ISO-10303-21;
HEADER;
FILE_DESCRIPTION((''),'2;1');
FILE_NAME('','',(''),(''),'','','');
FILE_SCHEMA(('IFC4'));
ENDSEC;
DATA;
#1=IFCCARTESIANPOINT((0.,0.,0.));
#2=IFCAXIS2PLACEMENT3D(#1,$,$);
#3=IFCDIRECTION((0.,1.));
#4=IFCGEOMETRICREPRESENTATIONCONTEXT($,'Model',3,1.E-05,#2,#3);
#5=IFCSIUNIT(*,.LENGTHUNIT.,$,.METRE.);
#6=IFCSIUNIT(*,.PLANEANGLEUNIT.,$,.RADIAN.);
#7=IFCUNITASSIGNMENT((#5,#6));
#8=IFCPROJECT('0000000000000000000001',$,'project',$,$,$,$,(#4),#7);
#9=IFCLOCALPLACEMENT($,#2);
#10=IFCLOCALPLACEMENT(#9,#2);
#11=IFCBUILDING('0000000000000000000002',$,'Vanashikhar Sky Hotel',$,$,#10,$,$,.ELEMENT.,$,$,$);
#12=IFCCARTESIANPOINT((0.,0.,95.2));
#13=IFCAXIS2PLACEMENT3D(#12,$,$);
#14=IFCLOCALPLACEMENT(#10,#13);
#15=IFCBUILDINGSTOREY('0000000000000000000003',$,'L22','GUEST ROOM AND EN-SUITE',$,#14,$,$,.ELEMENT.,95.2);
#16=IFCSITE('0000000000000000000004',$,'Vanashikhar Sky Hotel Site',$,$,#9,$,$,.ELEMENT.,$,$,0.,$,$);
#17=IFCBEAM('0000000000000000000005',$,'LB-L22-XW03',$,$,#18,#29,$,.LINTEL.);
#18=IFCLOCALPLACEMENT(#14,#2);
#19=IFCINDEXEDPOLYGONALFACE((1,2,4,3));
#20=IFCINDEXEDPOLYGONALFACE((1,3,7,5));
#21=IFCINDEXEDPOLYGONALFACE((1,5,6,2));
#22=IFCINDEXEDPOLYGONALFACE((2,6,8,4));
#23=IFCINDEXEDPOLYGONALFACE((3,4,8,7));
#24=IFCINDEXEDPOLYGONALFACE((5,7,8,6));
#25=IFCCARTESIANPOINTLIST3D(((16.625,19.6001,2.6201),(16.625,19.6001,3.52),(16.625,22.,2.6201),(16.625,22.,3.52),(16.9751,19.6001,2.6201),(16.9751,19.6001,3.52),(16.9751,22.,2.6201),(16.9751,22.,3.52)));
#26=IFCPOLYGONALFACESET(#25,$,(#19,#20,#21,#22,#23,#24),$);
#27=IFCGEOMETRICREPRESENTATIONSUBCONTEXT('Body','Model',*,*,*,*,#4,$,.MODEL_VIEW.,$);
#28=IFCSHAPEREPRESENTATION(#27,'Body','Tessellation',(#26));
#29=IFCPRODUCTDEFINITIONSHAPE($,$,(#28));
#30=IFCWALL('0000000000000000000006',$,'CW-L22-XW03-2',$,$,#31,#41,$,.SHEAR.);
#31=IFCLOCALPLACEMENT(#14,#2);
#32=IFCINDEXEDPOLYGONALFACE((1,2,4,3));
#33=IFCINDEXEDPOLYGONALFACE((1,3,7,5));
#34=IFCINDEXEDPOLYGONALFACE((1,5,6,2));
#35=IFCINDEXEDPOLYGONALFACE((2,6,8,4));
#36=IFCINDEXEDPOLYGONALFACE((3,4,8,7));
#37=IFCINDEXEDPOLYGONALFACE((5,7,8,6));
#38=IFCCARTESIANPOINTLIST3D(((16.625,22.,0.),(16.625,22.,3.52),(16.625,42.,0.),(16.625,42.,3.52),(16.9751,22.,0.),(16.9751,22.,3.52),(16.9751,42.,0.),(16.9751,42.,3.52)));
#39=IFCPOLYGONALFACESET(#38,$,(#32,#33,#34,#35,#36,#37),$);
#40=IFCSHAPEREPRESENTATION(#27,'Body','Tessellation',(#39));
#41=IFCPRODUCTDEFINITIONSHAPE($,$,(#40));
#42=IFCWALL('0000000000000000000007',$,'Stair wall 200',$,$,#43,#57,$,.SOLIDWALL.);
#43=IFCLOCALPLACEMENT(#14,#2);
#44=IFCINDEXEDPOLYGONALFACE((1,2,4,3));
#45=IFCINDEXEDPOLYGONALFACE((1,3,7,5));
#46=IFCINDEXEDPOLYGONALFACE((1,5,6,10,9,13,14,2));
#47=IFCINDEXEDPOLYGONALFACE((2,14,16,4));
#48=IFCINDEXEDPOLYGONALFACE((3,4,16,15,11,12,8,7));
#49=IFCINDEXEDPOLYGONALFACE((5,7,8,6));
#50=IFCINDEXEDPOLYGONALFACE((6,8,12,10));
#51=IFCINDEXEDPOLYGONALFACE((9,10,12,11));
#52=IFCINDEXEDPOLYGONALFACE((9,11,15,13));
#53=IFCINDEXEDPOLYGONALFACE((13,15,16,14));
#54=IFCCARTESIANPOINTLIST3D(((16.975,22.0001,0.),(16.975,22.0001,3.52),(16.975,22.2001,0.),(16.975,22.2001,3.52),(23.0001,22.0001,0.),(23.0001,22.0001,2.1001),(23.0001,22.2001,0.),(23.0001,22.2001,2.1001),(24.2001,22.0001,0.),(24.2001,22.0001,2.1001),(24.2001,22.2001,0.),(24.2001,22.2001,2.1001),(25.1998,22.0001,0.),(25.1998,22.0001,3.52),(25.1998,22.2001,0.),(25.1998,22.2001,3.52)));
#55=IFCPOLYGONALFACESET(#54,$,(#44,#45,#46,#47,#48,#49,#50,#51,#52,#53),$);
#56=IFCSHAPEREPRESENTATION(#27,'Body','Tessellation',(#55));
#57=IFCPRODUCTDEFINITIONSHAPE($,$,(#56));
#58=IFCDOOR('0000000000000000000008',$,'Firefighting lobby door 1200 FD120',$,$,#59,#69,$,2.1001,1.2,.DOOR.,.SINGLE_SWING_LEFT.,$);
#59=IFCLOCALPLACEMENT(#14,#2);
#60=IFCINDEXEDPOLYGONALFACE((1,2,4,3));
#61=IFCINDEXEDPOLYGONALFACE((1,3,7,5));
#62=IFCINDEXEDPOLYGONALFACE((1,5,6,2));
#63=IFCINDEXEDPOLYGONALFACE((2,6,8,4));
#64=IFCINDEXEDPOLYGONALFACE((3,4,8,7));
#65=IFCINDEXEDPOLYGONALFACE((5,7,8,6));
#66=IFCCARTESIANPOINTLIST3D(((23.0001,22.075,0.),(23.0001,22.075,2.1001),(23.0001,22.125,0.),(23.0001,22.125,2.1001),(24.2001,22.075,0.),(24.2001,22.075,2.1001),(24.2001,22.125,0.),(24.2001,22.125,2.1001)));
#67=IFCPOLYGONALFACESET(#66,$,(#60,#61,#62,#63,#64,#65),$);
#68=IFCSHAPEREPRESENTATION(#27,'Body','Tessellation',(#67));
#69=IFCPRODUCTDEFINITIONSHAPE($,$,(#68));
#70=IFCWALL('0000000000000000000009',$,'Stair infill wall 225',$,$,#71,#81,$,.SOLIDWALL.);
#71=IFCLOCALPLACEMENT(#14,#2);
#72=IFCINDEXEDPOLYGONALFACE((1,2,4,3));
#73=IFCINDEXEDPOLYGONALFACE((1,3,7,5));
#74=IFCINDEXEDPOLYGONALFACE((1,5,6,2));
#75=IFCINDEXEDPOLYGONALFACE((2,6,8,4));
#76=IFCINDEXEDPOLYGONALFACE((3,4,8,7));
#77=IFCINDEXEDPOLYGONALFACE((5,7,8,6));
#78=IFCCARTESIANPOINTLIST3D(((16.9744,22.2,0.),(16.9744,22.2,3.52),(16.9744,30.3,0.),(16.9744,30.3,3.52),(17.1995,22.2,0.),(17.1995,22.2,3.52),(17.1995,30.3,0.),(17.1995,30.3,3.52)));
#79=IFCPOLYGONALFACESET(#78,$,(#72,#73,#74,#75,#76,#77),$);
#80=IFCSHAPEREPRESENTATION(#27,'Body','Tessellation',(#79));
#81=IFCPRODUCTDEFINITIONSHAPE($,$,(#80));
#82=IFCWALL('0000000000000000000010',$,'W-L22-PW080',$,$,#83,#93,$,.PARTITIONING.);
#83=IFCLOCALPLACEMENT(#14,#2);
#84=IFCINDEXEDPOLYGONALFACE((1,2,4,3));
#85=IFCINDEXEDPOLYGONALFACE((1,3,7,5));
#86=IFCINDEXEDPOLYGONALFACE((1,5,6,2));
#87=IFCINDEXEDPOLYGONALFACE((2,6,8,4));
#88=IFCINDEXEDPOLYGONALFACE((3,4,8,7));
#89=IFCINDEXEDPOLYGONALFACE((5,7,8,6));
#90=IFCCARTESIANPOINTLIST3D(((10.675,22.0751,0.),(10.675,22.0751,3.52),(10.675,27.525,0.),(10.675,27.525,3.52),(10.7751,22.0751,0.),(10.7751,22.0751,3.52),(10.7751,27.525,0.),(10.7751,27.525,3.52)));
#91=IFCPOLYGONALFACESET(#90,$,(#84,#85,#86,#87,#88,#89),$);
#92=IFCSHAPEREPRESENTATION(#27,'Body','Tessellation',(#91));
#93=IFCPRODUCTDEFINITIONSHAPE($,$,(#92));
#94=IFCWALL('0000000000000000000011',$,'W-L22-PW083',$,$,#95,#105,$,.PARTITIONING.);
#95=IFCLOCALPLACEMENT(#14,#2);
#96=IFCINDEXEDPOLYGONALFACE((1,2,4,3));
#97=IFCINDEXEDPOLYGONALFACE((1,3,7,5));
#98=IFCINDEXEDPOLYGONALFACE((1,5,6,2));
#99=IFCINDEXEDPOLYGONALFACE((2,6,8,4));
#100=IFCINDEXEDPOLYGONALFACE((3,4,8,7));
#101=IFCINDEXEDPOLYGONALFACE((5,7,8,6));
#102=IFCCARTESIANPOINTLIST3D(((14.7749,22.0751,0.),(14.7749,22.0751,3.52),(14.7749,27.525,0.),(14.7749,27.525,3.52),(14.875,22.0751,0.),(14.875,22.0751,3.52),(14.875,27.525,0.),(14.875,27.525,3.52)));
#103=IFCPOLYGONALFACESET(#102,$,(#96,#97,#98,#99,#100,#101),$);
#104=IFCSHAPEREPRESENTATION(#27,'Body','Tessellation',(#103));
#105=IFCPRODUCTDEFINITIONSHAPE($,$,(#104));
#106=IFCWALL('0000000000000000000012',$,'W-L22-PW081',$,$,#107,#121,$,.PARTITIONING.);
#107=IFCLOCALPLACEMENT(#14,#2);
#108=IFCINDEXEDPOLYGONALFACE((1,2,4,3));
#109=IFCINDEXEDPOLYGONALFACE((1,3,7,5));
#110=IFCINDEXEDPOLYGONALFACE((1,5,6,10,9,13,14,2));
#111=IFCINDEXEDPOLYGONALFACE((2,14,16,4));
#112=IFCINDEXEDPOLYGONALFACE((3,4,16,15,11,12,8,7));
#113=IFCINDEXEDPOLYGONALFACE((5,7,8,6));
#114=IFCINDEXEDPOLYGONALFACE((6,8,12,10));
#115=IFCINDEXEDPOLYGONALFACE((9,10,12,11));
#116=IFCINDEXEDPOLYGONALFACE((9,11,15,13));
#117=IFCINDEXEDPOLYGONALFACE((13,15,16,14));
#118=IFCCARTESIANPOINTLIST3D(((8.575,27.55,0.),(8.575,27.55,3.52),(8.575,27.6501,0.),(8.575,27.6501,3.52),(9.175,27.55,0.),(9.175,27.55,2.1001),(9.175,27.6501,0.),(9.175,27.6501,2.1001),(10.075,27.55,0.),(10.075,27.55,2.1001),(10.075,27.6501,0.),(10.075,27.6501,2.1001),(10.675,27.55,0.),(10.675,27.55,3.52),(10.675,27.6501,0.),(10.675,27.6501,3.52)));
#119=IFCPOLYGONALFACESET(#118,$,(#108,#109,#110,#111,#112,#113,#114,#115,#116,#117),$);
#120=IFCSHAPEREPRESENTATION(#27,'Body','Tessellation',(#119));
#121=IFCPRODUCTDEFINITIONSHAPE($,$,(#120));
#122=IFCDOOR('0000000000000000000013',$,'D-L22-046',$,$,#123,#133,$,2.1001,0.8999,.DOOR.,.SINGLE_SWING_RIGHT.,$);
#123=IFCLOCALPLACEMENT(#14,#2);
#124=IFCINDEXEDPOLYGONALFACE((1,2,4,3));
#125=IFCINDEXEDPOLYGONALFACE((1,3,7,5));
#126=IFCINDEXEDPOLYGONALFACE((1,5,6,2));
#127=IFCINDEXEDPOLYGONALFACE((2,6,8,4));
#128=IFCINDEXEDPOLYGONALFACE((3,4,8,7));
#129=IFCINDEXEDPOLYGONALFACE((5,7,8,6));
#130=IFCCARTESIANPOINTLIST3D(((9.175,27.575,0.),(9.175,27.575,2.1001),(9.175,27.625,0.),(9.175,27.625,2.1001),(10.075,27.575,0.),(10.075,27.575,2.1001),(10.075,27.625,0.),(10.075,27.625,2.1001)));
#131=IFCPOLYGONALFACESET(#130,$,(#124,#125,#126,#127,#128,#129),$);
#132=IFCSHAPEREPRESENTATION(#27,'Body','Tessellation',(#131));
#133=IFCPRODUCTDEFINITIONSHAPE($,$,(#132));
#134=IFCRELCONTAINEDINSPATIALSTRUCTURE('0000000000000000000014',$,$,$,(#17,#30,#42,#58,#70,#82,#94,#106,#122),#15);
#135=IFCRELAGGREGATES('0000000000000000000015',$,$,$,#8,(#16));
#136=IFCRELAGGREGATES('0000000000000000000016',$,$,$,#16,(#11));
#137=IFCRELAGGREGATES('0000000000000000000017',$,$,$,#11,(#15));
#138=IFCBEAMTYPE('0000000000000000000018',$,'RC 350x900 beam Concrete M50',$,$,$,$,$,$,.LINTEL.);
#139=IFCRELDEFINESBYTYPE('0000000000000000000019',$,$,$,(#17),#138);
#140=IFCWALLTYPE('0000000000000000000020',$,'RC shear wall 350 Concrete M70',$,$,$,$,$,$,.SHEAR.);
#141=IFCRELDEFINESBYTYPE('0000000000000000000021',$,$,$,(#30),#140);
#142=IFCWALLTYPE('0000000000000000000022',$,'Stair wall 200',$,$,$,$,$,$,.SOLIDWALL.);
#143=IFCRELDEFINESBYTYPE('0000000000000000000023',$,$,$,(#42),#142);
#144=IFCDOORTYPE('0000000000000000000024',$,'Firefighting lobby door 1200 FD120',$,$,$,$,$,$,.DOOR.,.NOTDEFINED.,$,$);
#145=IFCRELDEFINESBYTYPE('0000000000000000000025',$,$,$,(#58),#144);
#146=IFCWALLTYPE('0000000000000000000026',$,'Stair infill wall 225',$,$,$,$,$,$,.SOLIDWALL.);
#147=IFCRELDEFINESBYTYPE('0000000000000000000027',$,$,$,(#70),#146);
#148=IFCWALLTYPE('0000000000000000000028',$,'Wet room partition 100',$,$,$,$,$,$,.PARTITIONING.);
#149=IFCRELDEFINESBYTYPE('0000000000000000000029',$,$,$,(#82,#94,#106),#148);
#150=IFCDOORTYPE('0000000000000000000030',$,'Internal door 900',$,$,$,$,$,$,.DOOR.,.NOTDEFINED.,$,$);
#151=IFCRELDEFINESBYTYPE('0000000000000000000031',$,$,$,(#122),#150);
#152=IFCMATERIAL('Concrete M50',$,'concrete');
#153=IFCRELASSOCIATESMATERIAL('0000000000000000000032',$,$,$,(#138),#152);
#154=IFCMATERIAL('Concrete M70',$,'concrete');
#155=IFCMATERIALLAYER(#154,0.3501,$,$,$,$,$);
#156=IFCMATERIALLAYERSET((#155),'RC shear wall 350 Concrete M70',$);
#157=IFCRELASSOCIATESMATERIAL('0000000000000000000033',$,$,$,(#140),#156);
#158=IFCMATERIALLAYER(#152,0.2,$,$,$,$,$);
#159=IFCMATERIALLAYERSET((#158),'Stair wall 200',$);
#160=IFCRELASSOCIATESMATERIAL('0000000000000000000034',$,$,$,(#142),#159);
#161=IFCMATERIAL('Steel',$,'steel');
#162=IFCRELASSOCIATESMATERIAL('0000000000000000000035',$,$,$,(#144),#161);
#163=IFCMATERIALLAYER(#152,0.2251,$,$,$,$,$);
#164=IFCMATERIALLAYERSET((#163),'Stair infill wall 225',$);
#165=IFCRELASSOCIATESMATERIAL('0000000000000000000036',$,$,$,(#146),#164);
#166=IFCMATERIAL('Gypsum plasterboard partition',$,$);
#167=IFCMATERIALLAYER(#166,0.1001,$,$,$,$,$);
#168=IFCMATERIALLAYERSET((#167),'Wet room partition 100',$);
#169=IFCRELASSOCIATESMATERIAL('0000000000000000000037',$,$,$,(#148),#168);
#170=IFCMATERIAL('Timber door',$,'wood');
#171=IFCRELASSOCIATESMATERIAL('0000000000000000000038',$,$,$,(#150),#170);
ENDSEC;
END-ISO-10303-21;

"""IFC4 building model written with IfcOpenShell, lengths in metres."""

from ifc_helpers import new_model, si_unit, direction, frame, frame_2d, origin, origin_2d, place, context, subcontext, project, spatial, rectangle, extrude, source, transform, mapped, material, layer, layer_set, material_profile, profile_set, type_object, element, fill, save


model = new_model("IFC4")

# Units and contexts
model_context = context("Model", 3, precision=1e-05, world=origin(), true_north=direction((0.0, 1.0)))
body_context = subcontext(model_context, "Body", "Model", "MODEL_VIEW")
ifc_project = project(units=[si_unit("LENGTHUNIT", "METRE"), si_unit("PLANEANGLEUNIT", "RADIAN")], contexts=[model_context])

# Site, building, storey
site_placement = place(None, origin())
site = spatial("IfcSite", under=ifc_project, at=site_placement, Name="Vanashikhar Sky Hotel Site", CompositionType="ELEMENT", RefElevation=0.0)
building_placement = place(site_placement, origin())
building = spatial("IfcBuilding", under=site, at=building_placement, Name="Vanashikhar Sky Hotel", CompositionType="ELEMENT")
storey_placement = place(building_placement, frame((0.0, 0.0, 95.2)))
storey = spatial("IfcBuildingStorey", under=building, at=storey_placement, Name="L22", Description="GUEST ROOM AND EN-SUITE", CompositionType="ELEMENT", Elevation=95.2)

# Beam
ifc_material_1 = material(Name="Concrete M50", Category="concrete")
ifc_material_profile = material_profile(ifc_material_1, rectangle(XDim=0.3501, YDim=0.8999, at=origin_2d()))
ifc_profile_set = profile_set([ifc_material_profile], Name="RC 350x900 beam Concrete M50")
beam_type = type_object("IfcBeamType", Name="RC 350x900 beam Concrete M50", PredefinedType="LINTEL", material=ifc_profile_set)
shared_shape_1 = source(origin(), body_context, "Body", "SweptSolid", [
    extrude(rectangle(XDim=0.3501, YDim=0.8999, at=origin_2d()), origin(), (0.0, 0.0, 1.0), 2.3999),
])
beam_placement = place(storey_placement, frame((16.8, 19.6001, 3.0701), z_axis=(0.0, 1.0, 0.0), x_axis=(-1.0, 0.0, 0.0)))
element("IfcBeam", 1, at=beam_placement, inside=storey, type_object=beam_type, Name="LB-L22-XW03", PredefinedType="LINTEL", context=body_context, shape_type="MappedRepresentation", body=[
    mapped(shared_shape_1, transform((0.0, 0.0, 0.0), scale=1.0)),
])

# Wall
ifc_material_2 = material(Name="Concrete M70", Category="concrete")
ifc_layer_1 = layer(ifc_material_2, 0.3501)
ifc_layer_set_1 = layer_set([ifc_layer_1], Name="RC shear wall 350 Concrete M70")
wall_type_1 = type_object("IfcWallType", Name="RC shear wall 350 Concrete M70", PredefinedType="SHEAR", material=ifc_layer_set_1)
shared_shape_2 = source(origin(), body_context, "Body", "SweptSolid", [
    extrude(rectangle(XDim=20.0, YDim=0.3501, at=frame_2d((10.0, 0.0))), origin(), (0.0, 0.0, 1.0), 3.52),
])
wall_1_placement = place(storey_placement, frame((16.8, 22.0, 0.0), z_axis=(0.0, 0.0, 1.0), x_axis=(0.0, 1.0, 0.0)))
element("IfcWall", 2, at=wall_1_placement, inside=storey, type_object=wall_type_1, Name="CW-L22-XW03-2", PredefinedType="SHEAR", context=body_context, shape_type="MappedRepresentation", body=[
    mapped(shared_shape_2, transform((0.0, 0.0, 0.0), scale=1.0)),
])

# Wall, opening, door
ifc_layer_2 = layer(ifc_material_1, 0.2)
ifc_layer_set_2 = layer_set([ifc_layer_2], Name="Stair wall 200")
wall_type_2 = type_object("IfcWallType", Name="Stair wall 200", PredefinedType="SOLIDWALL", material=ifc_layer_set_2)
shared_shape_3 = source(origin(), body_context, "Body", "SweptSolid", [
    extrude(rectangle(XDim=8.2249, YDim=0.2, at=frame_2d((4.1123, 0.0))), origin(), (0.0, 0.0, 1.0), 3.52),
])
wall_2_placement = place(storey_placement, frame((16.9751, 22.1001, 0.0), z_axis=(0.0, 0.0, 1.0), x_axis=(1.0, 0.0, 0.0)))
wall_2 = element("IfcWall", 3, at=wall_2_placement, inside=storey, type_object=wall_type_2, Name="Stair wall 200", PredefinedType="SOLIDWALL", context=body_context, shape_type="MappedRepresentation", body=[
    mapped(shared_shape_3, transform((0.0, 0.0, 0.0), scale=1.0)),
])
shared_shape_4 = source(origin(), body_context, "Body", "SweptSolid", [
    extrude(rectangle(XDim=1.2, YDim=2.1001, at=frame_2d((0.6001, 1.05))), frame((0.0, 0.1099, 0.0), z_axis=(0.0, -1.0, 0.0), x_axis=(1.0, 0.0, 0.0)), (0.0, 0.0, 1.0), 0.22),
])
opening_1_placement = place(wall_2_placement, frame((6.0249, 0.0, 0.0)))
opening_1 = element("IfcOpeningElement", 4, at=opening_1_placement, cuts=wall_2, PredefinedType="OPENING", context=body_context, shape_type="MappedRepresentation", body=[
    mapped(shared_shape_4, transform((0.0, 0.0, 0.0), scale=1.0)),
])
ifc_material_3 = material(Name="Steel", Category="steel")
door_type_1 = type_object("IfcDoorType", Name="Firefighting lobby door 1200 FD120", OperationType="NOTDEFINED", PredefinedType="DOOR", material=ifc_material_3)
shared_shape_5 = source(origin(), body_context, "Body", "SweptSolid", [
    extrude(rectangle(XDim=1.2, YDim=2.1001, at=frame_2d((0.6001, 1.05))), frame((0.0, 0.0249, 0.0), z_axis=(0.0, -1.0, 0.0), x_axis=(1.0, 0.0, 0.0)), (0.0, 0.0, 1.0), 0.05),
])
door_1_placement = place(opening_1_placement, origin())
door_1 = element("IfcDoor", 5, at=door_1_placement, inside=storey, type_object=door_type_1, Name="Firefighting lobby door 1200 FD120", OperationType="SINGLE_SWING_LEFT", OverallHeight=2.1001, OverallWidth=1.2, PredefinedType="DOOR", context=body_context, shape_type="MappedRepresentation", body=[
    mapped(shared_shape_5, transform((0.0, 0.0, 0.0), scale=1.0)),
])
fill(opening_1, door_1)

# Walls
ifc_layer_3 = layer(ifc_material_1, 0.2251)
ifc_layer_set_3 = layer_set([ifc_layer_3], Name="Stair infill wall 225")
wall_type_3 = type_object("IfcWallType", Name="Stair infill wall 225", PredefinedType="SOLIDWALL", material=ifc_layer_set_3)
shared_shape_6 = source(origin(), body_context, "Body", "SweptSolid", [
    extrude(rectangle(XDim=8.1001, YDim=0.2251, at=frame_2d((4.05, 0.0))), origin(), (0.0, 0.0, 1.0), 3.52),
])
wall_3_placement = place(storey_placement, frame((17.0869, 22.2, 0.0), z_axis=(0.0, 0.0, 1.0), x_axis=(0.0, 1.0, 0.0)))
element("IfcWall", 6, at=wall_3_placement, inside=storey, type_object=wall_type_3, Name="Stair infill wall 225", PredefinedType="SOLIDWALL", context=body_context, shape_type="MappedRepresentation", body=[
    mapped(shared_shape_6, transform((0.0, 0.0, 0.0), scale=1.0)),
])
ifc_material_4 = material(Name="Gypsum plasterboard partition")
ifc_layer_4 = layer(ifc_material_4, 0.1001)
ifc_layer_set_4 = layer_set([ifc_layer_4], Name="Wet room partition 100")
wall_type_4 = type_object("IfcWallType", Name="Wet room partition 100", PredefinedType="PARTITIONING", material=ifc_layer_set_4)
shared_shape_7 = source(origin(), body_context, "Body", "SweptSolid", [
    extrude(rectangle(XDim=5.45, YDim=0.1001, at=frame_2d((2.7251, 0.0))), origin(), (0.0, 0.0, 1.0), 3.52),
])
for number, where, z_axis, x_axis, name in (
    (7, (10.7251, 22.075, 0.0), (0.0, 0.0, 1.0), (0.0, 1.0, 0.0), "W-L22-PW080"),
    (8, (14.825, 22.075, 0.0), (0.0, 0.0, 1.0), (0.0, 1.0, 0.0), "W-L22-PW083"),
):
    element("IfcWall", number, at=place(storey_placement, frame(where, z_axis=z_axis, x_axis=x_axis)), inside=storey, type_object=wall_type_4, Name=name, PredefinedType="PARTITIONING", context=body_context, shape_type="MappedRepresentation", body=[
        mapped(shared_shape_7, transform((0.0, 0.0, 0.0), scale=1.0)),
    ])

# Wall, opening, door
shared_shape_8 = source(origin(), body_context, "Body", "SweptSolid", [
    extrude(rectangle(XDim=2.1001, YDim=0.1001, at=frame_2d((1.05, 0.0))), origin(), (0.0, 0.0, 1.0), 3.52),
])
wall_4_placement = place(storey_placement, frame((8.575, 27.6001, 0.0), z_axis=(0.0, 0.0, 1.0), x_axis=(1.0, 0.0, 0.0)))
wall_4 = element("IfcWall", 9, at=wall_4_placement, inside=storey, type_object=wall_type_4, Name="W-L22-PW081", PredefinedType="PARTITIONING", context=body_context, shape_type="MappedRepresentation", body=[
    mapped(shared_shape_8, transform((0.0, 0.0, 0.0), scale=1.0)),
])
shared_shape_9 = source(origin(), body_context, "Body", "SweptSolid", [
    extrude(rectangle(XDim=0.8999, YDim=2.1001, at=frame_2d((0.45, 1.05))), frame((0.0, 0.0601, 0.0), z_axis=(0.0, -1.0, 0.0), x_axis=(1.0, 0.0, 0.0)), (0.0, 0.0, 1.0), 0.1201),
])
opening_2_placement = place(wall_4_placement, frame((0.6001, 0.0, 0.0)))
opening_2 = element("IfcOpeningElement", 10, at=opening_2_placement, cuts=wall_4, PredefinedType="OPENING", context=body_context, shape_type="MappedRepresentation", body=[
    mapped(shared_shape_9, transform((0.0, 0.0, 0.0), scale=1.0)),
])
ifc_material_5 = material(Name="Timber door", Category="wood")
door_type_2 = type_object("IfcDoorType", Name="Internal door 900", OperationType="NOTDEFINED", PredefinedType="DOOR", material=ifc_material_5)
shared_shape_10 = source(origin(), body_context, "Body", "SweptSolid", [
    extrude(rectangle(XDim=0.8999, YDim=2.1001, at=frame_2d((0.45, 1.05))), frame((0.0, 0.0249, 0.0), z_axis=(0.0, -1.0, 0.0), x_axis=(1.0, 0.0, 0.0)), (0.0, 0.0, 1.0), 0.05),
])
door_2_placement = place(opening_2_placement, origin())
door_2 = element("IfcDoor", 11, at=door_2_placement, inside=storey, type_object=door_type_2, Name="D-L22-046", OperationType="SINGLE_SWING_RIGHT", OverallHeight=2.1001, OverallWidth=0.8999, PredefinedType="DOOR", context=body_context, shape_type="MappedRepresentation", body=[
    mapped(shared_shape_10, transform((0.0, 0.0, 0.0), scale=1.0)),
])
fill(opening_2, door_2)

save(model, "model.ifc")
